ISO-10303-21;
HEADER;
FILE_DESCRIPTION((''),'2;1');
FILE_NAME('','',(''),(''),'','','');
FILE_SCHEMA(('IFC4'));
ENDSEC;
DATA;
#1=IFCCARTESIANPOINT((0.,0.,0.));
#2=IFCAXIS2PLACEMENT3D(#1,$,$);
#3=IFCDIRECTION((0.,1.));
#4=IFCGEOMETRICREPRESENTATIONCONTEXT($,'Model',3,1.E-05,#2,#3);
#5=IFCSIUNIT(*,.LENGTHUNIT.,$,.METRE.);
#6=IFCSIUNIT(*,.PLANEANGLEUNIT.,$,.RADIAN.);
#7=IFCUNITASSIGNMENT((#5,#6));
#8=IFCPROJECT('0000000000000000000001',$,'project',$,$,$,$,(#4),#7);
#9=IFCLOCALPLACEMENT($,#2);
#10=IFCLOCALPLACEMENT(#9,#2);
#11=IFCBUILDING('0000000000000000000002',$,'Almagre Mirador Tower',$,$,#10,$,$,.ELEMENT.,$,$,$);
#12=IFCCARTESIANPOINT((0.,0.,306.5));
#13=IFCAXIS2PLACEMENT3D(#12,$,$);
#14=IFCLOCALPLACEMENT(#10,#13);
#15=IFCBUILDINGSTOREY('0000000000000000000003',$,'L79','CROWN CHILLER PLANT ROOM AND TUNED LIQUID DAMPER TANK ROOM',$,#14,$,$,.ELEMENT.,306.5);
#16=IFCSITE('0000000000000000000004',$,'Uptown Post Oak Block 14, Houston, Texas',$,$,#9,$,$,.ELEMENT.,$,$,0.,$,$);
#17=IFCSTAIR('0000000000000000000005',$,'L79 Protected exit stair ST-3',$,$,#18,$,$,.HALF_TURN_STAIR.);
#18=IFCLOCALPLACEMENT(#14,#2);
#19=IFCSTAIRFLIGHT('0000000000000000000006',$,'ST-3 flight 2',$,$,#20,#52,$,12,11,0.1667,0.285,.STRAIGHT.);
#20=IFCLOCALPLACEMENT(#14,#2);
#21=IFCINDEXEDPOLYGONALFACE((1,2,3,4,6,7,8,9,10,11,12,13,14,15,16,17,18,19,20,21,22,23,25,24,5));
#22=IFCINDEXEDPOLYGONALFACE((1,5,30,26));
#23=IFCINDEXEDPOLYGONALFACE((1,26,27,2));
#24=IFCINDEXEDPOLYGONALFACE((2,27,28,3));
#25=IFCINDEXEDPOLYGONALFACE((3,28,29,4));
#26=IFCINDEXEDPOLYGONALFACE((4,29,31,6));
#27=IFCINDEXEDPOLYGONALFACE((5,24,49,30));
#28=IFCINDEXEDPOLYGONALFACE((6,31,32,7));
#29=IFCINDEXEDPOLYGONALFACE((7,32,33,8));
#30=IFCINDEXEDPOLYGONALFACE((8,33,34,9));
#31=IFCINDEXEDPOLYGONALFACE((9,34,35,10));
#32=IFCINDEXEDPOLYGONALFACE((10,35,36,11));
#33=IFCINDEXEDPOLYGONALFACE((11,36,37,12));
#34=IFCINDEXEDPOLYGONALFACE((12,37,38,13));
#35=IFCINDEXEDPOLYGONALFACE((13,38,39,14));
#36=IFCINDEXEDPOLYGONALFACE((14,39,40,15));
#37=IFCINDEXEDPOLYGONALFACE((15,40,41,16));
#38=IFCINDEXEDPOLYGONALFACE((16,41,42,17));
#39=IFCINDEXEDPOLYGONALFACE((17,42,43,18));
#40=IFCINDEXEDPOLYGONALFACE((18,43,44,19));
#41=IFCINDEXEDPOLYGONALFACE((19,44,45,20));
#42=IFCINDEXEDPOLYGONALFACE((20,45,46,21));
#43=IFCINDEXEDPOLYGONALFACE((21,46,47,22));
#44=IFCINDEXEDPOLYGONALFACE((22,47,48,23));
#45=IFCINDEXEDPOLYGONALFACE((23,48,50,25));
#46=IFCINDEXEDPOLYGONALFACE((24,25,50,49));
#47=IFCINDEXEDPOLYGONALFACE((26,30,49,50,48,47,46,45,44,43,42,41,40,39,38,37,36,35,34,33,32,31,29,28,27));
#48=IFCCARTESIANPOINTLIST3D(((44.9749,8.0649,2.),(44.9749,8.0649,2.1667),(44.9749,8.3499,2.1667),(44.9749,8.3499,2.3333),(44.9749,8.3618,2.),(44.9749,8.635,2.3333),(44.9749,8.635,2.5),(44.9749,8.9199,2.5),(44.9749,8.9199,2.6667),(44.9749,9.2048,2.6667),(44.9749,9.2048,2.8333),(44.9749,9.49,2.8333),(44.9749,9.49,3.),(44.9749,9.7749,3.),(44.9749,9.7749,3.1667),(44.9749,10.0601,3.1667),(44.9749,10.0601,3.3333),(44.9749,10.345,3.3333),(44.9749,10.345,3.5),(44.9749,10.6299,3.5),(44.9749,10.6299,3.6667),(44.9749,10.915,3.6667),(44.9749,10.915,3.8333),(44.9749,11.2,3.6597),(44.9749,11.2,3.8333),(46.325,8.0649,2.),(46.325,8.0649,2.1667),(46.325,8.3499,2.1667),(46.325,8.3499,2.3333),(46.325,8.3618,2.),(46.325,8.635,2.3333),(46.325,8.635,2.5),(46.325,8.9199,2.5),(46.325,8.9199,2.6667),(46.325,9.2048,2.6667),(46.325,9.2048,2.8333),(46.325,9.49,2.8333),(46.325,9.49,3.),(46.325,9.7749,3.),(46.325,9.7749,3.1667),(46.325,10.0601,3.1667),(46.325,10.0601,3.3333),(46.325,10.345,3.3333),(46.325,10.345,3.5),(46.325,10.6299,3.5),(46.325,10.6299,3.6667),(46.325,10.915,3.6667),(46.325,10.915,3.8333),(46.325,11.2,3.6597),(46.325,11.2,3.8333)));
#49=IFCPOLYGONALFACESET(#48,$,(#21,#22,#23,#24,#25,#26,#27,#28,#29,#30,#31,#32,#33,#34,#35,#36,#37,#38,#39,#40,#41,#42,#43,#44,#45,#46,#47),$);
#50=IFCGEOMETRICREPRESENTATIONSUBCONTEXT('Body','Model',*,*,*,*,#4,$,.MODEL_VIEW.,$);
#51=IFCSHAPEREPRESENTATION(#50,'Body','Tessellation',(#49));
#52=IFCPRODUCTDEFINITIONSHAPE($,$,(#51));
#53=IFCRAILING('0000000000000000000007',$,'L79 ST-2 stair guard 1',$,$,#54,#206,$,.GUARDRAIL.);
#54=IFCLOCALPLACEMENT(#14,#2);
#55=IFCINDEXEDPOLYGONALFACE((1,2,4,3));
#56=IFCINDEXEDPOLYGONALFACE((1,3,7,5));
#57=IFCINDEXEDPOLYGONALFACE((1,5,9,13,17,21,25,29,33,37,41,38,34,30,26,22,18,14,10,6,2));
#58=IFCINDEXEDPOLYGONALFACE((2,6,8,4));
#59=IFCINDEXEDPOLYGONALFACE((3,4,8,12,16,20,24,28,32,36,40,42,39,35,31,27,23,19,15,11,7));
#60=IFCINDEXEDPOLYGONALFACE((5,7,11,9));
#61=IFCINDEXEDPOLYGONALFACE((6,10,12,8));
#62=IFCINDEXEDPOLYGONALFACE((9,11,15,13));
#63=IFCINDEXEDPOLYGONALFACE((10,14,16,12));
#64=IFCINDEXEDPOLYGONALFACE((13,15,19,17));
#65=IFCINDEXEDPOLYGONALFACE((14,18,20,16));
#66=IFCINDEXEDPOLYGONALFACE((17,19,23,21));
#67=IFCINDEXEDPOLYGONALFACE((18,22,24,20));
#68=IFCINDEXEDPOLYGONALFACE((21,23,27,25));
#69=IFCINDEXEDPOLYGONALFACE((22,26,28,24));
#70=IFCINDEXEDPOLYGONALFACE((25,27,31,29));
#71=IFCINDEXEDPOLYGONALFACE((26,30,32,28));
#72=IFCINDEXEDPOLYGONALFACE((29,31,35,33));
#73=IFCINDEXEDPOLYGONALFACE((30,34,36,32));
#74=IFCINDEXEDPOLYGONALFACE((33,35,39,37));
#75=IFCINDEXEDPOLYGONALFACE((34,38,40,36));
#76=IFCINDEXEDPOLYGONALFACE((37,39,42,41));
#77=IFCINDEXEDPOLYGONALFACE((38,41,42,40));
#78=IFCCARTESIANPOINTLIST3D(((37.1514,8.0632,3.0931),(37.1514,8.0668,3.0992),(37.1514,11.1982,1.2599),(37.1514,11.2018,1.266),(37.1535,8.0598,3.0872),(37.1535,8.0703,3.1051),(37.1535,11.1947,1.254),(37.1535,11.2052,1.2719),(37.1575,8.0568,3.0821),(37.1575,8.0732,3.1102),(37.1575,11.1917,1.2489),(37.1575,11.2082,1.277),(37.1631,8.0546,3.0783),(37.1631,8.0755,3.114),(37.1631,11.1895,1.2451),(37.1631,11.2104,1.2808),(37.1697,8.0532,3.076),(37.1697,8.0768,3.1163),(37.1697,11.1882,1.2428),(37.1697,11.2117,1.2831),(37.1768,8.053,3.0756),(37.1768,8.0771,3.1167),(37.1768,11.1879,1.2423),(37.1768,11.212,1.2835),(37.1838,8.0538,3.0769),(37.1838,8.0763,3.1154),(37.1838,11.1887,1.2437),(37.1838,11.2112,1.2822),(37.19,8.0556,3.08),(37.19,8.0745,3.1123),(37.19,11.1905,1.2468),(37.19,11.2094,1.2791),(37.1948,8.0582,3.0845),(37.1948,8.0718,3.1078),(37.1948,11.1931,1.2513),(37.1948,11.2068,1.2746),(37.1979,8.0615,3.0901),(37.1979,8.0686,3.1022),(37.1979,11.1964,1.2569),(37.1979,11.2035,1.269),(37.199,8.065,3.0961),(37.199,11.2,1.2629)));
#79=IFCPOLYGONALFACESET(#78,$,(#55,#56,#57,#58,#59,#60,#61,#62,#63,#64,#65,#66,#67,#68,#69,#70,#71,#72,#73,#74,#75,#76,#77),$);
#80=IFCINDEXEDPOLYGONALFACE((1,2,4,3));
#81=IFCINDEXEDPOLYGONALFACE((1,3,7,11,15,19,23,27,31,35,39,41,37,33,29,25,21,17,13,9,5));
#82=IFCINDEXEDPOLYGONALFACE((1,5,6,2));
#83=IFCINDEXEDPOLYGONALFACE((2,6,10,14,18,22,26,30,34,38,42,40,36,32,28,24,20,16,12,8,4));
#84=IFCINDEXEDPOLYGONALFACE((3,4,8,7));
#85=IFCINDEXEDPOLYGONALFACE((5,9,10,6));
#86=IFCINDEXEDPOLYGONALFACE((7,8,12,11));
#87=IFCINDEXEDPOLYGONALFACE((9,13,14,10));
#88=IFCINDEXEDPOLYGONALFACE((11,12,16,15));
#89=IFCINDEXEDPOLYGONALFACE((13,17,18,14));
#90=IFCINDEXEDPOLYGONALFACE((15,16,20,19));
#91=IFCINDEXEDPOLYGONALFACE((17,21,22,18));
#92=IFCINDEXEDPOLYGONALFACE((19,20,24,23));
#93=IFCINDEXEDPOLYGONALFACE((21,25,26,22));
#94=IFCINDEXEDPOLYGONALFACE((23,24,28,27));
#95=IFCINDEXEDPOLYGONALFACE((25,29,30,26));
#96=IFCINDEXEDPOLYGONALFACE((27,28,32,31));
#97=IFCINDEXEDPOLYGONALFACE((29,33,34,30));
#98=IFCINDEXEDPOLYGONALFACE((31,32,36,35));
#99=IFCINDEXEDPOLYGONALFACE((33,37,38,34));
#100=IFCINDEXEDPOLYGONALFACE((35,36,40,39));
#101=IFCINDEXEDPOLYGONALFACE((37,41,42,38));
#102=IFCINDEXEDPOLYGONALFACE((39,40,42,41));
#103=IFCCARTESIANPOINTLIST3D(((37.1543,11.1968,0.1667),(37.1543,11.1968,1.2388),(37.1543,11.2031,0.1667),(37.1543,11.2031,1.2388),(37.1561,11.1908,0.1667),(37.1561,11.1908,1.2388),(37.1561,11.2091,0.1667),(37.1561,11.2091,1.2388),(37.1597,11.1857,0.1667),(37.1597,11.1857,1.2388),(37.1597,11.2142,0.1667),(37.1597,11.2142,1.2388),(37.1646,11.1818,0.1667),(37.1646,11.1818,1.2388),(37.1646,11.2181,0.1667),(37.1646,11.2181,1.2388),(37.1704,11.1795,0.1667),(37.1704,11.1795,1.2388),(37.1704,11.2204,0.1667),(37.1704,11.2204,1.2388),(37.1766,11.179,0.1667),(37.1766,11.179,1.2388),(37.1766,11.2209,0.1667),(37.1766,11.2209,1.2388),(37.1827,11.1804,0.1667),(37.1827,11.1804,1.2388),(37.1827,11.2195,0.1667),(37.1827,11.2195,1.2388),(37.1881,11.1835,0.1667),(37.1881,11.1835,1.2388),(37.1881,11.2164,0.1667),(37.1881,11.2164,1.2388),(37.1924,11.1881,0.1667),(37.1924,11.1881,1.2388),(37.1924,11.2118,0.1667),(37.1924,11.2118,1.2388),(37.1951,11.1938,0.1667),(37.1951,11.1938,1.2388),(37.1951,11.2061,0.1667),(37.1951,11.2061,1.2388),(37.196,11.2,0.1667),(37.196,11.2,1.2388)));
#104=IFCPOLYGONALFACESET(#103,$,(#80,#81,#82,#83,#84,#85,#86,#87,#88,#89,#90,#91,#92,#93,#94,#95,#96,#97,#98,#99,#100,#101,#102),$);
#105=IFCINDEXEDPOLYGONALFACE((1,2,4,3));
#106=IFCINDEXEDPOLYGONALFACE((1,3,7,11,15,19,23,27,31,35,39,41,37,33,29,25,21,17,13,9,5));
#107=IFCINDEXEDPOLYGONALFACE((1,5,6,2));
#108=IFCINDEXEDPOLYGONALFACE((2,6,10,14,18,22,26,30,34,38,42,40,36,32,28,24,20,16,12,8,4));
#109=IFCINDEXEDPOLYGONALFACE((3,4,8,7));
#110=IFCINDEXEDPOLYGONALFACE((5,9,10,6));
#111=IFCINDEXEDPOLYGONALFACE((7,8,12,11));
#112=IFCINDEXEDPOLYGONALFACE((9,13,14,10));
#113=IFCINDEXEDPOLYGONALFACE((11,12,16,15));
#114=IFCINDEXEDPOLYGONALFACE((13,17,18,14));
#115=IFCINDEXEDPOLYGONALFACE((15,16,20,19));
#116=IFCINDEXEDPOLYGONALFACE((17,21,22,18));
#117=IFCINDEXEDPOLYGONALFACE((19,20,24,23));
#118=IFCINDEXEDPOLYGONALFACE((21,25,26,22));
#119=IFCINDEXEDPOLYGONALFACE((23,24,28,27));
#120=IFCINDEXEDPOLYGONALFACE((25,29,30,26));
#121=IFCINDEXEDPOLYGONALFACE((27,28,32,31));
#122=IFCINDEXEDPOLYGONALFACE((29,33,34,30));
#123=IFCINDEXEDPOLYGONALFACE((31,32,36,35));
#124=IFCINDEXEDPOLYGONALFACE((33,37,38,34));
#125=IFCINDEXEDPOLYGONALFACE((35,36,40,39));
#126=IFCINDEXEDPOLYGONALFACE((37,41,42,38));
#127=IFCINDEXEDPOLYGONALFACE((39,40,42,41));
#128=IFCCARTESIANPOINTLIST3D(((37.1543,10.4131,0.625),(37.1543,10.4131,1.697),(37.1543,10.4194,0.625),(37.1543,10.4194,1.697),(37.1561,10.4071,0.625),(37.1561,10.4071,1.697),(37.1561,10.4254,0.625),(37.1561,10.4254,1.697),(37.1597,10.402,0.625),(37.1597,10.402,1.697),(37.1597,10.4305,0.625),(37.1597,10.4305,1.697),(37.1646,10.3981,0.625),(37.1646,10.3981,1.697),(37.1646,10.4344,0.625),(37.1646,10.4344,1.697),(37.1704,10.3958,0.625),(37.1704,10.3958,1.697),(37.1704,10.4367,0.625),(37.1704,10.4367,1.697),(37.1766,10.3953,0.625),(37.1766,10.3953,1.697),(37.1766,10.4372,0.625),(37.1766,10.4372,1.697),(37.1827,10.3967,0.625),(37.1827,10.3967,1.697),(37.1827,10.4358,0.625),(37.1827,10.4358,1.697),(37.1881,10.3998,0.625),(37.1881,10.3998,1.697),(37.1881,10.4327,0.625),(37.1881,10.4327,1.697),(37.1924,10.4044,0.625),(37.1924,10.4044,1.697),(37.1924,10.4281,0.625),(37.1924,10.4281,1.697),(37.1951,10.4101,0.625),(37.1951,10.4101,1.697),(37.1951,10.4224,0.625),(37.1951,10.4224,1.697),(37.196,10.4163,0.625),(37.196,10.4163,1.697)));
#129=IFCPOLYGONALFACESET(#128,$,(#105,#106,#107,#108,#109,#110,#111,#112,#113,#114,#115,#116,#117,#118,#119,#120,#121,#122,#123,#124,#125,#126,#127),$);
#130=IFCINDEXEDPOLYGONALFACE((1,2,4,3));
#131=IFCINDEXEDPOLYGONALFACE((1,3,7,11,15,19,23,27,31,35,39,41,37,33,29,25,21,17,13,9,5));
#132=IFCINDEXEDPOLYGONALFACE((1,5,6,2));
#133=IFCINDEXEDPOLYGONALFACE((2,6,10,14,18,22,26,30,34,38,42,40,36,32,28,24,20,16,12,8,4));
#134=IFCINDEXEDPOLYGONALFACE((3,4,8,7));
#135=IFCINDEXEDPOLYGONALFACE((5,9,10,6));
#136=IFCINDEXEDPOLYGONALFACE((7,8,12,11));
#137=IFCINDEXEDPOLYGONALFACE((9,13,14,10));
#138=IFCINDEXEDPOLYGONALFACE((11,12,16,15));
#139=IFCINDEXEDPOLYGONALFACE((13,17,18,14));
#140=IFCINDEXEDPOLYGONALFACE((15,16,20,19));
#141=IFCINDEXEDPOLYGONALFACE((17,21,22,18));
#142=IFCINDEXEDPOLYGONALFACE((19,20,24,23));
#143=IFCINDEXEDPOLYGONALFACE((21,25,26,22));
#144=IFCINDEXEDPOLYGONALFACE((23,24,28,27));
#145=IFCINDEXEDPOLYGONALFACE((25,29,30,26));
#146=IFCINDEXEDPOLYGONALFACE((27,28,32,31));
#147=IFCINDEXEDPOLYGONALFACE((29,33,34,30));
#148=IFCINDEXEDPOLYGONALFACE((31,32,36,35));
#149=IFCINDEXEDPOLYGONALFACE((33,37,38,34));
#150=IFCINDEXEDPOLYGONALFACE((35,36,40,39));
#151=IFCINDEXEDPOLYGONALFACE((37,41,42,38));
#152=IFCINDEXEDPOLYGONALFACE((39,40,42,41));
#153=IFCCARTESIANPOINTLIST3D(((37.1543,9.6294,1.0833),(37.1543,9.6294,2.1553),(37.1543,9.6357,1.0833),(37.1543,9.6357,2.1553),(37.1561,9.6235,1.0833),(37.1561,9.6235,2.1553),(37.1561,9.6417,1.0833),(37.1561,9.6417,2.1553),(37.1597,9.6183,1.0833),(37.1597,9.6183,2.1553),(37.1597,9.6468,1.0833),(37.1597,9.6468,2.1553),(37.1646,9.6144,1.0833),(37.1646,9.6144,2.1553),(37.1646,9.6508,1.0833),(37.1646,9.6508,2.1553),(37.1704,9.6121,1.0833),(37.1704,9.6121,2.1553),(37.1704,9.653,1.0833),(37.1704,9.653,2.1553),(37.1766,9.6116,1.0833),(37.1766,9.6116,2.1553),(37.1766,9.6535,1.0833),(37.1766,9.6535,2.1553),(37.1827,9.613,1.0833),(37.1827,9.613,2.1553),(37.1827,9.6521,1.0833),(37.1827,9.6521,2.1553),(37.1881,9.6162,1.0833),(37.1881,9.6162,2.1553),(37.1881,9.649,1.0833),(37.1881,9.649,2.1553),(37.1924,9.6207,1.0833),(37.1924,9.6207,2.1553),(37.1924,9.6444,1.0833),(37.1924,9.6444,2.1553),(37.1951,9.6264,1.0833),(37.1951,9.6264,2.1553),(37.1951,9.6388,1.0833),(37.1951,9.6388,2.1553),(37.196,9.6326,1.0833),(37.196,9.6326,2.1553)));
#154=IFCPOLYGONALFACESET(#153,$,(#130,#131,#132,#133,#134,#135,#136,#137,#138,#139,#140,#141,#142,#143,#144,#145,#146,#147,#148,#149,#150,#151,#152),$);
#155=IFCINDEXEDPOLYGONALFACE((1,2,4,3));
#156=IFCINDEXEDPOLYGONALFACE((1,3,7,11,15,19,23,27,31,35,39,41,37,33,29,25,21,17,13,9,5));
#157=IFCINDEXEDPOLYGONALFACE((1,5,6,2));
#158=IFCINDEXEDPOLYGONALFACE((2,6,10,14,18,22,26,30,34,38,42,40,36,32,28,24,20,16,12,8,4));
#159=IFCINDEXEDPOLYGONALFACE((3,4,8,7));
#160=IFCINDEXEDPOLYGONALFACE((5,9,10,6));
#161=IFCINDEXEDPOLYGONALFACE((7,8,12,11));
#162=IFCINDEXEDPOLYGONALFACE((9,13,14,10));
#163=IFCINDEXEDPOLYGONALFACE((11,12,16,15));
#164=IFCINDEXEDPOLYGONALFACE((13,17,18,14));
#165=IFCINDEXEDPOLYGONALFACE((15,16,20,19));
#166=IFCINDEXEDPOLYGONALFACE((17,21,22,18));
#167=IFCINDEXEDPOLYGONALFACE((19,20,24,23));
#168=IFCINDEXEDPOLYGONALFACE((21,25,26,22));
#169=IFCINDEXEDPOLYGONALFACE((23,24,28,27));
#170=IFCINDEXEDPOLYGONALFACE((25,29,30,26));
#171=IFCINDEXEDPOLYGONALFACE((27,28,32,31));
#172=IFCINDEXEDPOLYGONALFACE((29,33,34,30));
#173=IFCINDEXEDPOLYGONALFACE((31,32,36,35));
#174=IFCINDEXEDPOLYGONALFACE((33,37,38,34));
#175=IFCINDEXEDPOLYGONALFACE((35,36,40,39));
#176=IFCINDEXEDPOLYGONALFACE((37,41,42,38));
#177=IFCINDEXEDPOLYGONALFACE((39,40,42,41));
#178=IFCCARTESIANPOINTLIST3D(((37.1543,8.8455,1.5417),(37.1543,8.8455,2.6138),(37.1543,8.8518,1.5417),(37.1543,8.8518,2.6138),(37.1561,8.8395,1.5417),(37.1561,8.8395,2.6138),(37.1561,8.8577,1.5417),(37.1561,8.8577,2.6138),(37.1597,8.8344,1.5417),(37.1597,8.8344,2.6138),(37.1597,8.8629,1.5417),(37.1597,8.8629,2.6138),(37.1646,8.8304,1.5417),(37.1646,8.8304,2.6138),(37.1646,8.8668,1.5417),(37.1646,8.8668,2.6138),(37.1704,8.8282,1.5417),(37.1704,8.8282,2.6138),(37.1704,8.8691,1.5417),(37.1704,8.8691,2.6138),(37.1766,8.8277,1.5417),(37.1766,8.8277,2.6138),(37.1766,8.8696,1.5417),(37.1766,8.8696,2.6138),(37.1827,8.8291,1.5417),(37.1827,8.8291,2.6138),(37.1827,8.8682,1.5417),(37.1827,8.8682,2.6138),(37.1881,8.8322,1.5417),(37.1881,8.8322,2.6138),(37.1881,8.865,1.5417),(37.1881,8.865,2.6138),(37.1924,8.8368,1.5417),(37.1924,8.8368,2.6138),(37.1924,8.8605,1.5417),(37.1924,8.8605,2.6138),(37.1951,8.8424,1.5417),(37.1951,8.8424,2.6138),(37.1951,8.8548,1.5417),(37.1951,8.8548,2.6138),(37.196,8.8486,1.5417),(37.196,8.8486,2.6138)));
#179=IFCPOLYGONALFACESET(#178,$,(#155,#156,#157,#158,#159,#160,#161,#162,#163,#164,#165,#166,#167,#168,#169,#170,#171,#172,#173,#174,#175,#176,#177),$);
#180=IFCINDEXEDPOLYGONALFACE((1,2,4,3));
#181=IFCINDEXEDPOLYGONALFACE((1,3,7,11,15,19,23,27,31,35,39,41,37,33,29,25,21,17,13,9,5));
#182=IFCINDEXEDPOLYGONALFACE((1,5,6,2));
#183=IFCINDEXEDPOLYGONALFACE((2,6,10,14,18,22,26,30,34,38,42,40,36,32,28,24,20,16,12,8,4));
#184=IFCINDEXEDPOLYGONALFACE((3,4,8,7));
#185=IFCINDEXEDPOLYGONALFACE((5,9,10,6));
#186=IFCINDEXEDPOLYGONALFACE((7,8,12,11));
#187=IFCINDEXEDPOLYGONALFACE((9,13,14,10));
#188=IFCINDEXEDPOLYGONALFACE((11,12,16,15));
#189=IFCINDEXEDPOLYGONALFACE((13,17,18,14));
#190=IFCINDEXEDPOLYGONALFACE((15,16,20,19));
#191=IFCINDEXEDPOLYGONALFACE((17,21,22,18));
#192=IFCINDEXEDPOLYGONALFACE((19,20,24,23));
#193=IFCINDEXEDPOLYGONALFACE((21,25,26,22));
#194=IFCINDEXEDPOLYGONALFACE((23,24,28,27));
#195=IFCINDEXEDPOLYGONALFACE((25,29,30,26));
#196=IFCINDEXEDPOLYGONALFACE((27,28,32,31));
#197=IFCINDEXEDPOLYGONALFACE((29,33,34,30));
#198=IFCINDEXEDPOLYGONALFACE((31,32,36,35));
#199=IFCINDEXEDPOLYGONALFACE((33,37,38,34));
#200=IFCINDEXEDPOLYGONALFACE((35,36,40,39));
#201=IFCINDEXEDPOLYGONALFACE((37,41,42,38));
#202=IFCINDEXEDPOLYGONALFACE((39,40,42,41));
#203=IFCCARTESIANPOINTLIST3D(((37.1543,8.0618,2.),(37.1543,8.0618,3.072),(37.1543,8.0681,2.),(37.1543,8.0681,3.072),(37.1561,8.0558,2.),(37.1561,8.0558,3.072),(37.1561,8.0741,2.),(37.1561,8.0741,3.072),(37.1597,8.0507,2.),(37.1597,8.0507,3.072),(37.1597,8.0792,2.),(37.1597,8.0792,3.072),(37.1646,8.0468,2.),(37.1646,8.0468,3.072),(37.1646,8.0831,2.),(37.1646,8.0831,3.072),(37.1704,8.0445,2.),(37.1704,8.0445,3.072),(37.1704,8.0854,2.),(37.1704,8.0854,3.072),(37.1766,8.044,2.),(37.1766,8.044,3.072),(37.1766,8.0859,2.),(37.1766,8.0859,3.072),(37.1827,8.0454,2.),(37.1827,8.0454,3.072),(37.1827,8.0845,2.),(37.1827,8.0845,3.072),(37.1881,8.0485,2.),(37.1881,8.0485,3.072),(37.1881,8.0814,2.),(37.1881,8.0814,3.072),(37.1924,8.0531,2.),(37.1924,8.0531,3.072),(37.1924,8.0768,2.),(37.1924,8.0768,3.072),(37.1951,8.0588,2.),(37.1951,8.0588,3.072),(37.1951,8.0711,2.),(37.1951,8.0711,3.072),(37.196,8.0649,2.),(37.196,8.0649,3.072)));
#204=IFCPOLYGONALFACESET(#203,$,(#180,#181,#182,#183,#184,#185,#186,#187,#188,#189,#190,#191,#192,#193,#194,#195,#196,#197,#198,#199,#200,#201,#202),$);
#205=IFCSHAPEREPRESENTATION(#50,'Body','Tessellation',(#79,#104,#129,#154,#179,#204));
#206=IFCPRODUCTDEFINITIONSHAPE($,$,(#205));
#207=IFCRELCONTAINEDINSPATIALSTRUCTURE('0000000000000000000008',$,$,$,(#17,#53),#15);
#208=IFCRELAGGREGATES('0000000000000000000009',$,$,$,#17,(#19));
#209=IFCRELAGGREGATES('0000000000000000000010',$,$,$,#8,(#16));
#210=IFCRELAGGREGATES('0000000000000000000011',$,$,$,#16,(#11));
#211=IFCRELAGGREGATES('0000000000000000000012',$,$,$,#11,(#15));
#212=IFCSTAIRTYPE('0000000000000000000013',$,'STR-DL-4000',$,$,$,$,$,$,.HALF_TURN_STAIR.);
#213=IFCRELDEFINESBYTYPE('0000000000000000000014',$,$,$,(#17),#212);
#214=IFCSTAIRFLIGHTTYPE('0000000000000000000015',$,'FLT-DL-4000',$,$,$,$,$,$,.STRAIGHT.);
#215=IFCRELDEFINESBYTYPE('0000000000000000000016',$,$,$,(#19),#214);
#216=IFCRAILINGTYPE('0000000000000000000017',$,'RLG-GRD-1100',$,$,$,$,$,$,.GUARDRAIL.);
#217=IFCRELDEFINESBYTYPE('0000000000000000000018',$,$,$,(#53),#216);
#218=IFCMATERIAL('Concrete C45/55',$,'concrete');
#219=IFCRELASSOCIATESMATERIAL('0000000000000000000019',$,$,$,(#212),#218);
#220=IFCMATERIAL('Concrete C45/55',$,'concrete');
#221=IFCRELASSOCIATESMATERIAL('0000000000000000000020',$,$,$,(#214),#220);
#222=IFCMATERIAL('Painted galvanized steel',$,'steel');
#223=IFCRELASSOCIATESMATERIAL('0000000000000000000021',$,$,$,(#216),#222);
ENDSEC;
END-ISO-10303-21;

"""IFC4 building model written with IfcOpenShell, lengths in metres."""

from ifc_helpers import new_model, si_unit, direction, frame, origin, origin_2d, place, context, subcontext, project, spatial, polyline, circle, outline, extrude, material, type_object, element, aggregate, save


model = new_model("IFC4")

# Units and contexts
model_context = context("Model", 3, precision=1e-05, world=origin(), true_north=direction((0.0, 1.0)))
body_context = subcontext(model_context, "Body", "Model", "MODEL_VIEW")
ifc_project = project(units=[si_unit("LENGTHUNIT", "METRE"), si_unit("PLANEANGLEUNIT", "RADIAN")], contexts=[model_context])

# Site, building, storey
site_placement = place(None, origin())
site = spatial("IfcSite", under=ifc_project, at=site_placement, Name="Uptown Post Oak Block 14, Houston, Texas", CompositionType="ELEMENT", RefElevation=0.0)
building_placement = place(site_placement, origin())
building = spatial("IfcBuilding", under=site, at=building_placement, Name="Almagre Mirador Tower", CompositionType="ELEMENT")
storey_placement = place(building_placement, frame((0.0, 0.0, 306.5)))
storey = spatial("IfcBuildingStorey", under=building, at=storey_placement, Name="L79", Description="CROWN CHILLER PLANT ROOM AND TUNED LIQUID DAMPER TANK ROOM", CompositionType="ELEMENT", Elevation=306.5)

# Stair, stair flight
ifc_material_1 = material(Name="Concrete C45/55", Category="concrete")
stair_type = type_object("IfcStairType", Name="STR-DL-4000", PredefinedType="HALF_TURN_STAIR", material=ifc_material_1)
ifc_material_2 = material(Name="Concrete C45/55", Category="concrete")
stair_flight_type = type_object("IfcStairFlightType", Name="FLT-DL-4000", PredefinedType="STRAIGHT", material=ifc_material_2)
stair_1_placement = place(storey_placement, origin())
stair_1 = element("IfcStair", 1, at=stair_1_placement, inside=storey, type_object=stair_type, Name="L79 Protected exit stair ST-3", PredefinedType="HALF_TURN_STAIR")
stair_flight_1_placement = place(storey_placement, frame((45.6499, 8.0649, 2.0), z_axis=(0.0, 0.0, 1.0), x_axis=(0.0, 1.0, 0.0)))
stair_flight_1 = element("IfcStairFlight", 2, at=stair_flight_1_placement, type_object=stair_flight_type, Name="ST-3 flight 2", NumberOfRisers=12, NumberOfTreads=11, PredefinedType="STRAIGHT", RiserHeight=0.1667, TreadLength=0.285, context=body_context, shape_type="SweptSolid", body=[
    extrude(outline(polyline([(0.0, 0.0), (0.0, 0.1667), (0.2849, 0.1667), (0.2849, 0.3333), (0.5701, 0.3333), (0.5701, 0.5), (0.855, 0.5), (0.855, 0.6667), (1.1399, 0.6667), (1.1399, 0.8333), (1.425, 0.8333), (1.425, 1.0), (1.71, 1.0), (1.71, 1.1667), (1.9951, 1.1667), (1.9951, 1.3333), (2.28, 1.3333), (2.28, 1.5), (2.5649, 1.5), (2.5649, 1.6667), (2.8501, 1.6667), (2.8501, 1.8333), (3.135, 1.8333), (3.135, 2.0), (3.135, 1.6597), (0.2969, 0.0), (0.0, 0.0)])), frame((0.0, 0.675, 0.0), z_axis=(0.0, -1.0, 0.0), x_axis=(1.0, 0.0, 0.0)), (0.0, 0.0, 1.0), 1.3501),
])
aggregate(stair_1, [stair_flight_1])

# Railing
ifc_material_3 = material(Name="Painted galvanized steel", Category="steel")
railing_type_1 = type_object("IfcRailingType", Name="RLG-GRD-1100", PredefinedType="GUARDRAIL", material=ifc_material_3)
railing_1_placement = place(storey_placement, frame((37.175, 11.2, 0.1667)))
element("IfcRailing", 3, at=railing_1_placement, inside=storey, type_object=railing_type_1, Name="L79 ST-2 stair guard 1", PredefinedType="GUARDRAIL", context=body_context, shape_type="SweptSolid", body=[
    extrude(circle(Radius=0.0239, at=origin_2d()), frame((0.0, 0.0, 1.0962), z_axis=(0.0, -0.86324, 0.504794), x_axis=(1.0, 0.0, 0.0)), (0.0, 0.0, 1.0), 3.6316),
    extrude(circle(Radius=0.021, at=origin_2d()), origin(), (0.0, 0.0, 1.0), 1.072),
    extrude(circle(Radius=0.021, at=origin_2d()), frame((0.0, -0.7837, 0.4583)), (0.0, 0.0, 1.0), 1.072),
    extrude(circle(Radius=0.021, at=origin_2d()), frame((0.0, -1.5674, 0.9165)), (0.0, 0.0, 1.0), 1.072),
    extrude(circle(Radius=0.021, at=origin_2d()), frame((0.0, -2.3513, 1.375)), (0.0, 0.0, 1.0), 1.072),
    extrude(circle(Radius=0.021, at=origin_2d()), frame((0.0, -3.135, 1.8333)), (0.0, 0.0, 1.0), 1.072),
])

save(model, "model.ifc")
